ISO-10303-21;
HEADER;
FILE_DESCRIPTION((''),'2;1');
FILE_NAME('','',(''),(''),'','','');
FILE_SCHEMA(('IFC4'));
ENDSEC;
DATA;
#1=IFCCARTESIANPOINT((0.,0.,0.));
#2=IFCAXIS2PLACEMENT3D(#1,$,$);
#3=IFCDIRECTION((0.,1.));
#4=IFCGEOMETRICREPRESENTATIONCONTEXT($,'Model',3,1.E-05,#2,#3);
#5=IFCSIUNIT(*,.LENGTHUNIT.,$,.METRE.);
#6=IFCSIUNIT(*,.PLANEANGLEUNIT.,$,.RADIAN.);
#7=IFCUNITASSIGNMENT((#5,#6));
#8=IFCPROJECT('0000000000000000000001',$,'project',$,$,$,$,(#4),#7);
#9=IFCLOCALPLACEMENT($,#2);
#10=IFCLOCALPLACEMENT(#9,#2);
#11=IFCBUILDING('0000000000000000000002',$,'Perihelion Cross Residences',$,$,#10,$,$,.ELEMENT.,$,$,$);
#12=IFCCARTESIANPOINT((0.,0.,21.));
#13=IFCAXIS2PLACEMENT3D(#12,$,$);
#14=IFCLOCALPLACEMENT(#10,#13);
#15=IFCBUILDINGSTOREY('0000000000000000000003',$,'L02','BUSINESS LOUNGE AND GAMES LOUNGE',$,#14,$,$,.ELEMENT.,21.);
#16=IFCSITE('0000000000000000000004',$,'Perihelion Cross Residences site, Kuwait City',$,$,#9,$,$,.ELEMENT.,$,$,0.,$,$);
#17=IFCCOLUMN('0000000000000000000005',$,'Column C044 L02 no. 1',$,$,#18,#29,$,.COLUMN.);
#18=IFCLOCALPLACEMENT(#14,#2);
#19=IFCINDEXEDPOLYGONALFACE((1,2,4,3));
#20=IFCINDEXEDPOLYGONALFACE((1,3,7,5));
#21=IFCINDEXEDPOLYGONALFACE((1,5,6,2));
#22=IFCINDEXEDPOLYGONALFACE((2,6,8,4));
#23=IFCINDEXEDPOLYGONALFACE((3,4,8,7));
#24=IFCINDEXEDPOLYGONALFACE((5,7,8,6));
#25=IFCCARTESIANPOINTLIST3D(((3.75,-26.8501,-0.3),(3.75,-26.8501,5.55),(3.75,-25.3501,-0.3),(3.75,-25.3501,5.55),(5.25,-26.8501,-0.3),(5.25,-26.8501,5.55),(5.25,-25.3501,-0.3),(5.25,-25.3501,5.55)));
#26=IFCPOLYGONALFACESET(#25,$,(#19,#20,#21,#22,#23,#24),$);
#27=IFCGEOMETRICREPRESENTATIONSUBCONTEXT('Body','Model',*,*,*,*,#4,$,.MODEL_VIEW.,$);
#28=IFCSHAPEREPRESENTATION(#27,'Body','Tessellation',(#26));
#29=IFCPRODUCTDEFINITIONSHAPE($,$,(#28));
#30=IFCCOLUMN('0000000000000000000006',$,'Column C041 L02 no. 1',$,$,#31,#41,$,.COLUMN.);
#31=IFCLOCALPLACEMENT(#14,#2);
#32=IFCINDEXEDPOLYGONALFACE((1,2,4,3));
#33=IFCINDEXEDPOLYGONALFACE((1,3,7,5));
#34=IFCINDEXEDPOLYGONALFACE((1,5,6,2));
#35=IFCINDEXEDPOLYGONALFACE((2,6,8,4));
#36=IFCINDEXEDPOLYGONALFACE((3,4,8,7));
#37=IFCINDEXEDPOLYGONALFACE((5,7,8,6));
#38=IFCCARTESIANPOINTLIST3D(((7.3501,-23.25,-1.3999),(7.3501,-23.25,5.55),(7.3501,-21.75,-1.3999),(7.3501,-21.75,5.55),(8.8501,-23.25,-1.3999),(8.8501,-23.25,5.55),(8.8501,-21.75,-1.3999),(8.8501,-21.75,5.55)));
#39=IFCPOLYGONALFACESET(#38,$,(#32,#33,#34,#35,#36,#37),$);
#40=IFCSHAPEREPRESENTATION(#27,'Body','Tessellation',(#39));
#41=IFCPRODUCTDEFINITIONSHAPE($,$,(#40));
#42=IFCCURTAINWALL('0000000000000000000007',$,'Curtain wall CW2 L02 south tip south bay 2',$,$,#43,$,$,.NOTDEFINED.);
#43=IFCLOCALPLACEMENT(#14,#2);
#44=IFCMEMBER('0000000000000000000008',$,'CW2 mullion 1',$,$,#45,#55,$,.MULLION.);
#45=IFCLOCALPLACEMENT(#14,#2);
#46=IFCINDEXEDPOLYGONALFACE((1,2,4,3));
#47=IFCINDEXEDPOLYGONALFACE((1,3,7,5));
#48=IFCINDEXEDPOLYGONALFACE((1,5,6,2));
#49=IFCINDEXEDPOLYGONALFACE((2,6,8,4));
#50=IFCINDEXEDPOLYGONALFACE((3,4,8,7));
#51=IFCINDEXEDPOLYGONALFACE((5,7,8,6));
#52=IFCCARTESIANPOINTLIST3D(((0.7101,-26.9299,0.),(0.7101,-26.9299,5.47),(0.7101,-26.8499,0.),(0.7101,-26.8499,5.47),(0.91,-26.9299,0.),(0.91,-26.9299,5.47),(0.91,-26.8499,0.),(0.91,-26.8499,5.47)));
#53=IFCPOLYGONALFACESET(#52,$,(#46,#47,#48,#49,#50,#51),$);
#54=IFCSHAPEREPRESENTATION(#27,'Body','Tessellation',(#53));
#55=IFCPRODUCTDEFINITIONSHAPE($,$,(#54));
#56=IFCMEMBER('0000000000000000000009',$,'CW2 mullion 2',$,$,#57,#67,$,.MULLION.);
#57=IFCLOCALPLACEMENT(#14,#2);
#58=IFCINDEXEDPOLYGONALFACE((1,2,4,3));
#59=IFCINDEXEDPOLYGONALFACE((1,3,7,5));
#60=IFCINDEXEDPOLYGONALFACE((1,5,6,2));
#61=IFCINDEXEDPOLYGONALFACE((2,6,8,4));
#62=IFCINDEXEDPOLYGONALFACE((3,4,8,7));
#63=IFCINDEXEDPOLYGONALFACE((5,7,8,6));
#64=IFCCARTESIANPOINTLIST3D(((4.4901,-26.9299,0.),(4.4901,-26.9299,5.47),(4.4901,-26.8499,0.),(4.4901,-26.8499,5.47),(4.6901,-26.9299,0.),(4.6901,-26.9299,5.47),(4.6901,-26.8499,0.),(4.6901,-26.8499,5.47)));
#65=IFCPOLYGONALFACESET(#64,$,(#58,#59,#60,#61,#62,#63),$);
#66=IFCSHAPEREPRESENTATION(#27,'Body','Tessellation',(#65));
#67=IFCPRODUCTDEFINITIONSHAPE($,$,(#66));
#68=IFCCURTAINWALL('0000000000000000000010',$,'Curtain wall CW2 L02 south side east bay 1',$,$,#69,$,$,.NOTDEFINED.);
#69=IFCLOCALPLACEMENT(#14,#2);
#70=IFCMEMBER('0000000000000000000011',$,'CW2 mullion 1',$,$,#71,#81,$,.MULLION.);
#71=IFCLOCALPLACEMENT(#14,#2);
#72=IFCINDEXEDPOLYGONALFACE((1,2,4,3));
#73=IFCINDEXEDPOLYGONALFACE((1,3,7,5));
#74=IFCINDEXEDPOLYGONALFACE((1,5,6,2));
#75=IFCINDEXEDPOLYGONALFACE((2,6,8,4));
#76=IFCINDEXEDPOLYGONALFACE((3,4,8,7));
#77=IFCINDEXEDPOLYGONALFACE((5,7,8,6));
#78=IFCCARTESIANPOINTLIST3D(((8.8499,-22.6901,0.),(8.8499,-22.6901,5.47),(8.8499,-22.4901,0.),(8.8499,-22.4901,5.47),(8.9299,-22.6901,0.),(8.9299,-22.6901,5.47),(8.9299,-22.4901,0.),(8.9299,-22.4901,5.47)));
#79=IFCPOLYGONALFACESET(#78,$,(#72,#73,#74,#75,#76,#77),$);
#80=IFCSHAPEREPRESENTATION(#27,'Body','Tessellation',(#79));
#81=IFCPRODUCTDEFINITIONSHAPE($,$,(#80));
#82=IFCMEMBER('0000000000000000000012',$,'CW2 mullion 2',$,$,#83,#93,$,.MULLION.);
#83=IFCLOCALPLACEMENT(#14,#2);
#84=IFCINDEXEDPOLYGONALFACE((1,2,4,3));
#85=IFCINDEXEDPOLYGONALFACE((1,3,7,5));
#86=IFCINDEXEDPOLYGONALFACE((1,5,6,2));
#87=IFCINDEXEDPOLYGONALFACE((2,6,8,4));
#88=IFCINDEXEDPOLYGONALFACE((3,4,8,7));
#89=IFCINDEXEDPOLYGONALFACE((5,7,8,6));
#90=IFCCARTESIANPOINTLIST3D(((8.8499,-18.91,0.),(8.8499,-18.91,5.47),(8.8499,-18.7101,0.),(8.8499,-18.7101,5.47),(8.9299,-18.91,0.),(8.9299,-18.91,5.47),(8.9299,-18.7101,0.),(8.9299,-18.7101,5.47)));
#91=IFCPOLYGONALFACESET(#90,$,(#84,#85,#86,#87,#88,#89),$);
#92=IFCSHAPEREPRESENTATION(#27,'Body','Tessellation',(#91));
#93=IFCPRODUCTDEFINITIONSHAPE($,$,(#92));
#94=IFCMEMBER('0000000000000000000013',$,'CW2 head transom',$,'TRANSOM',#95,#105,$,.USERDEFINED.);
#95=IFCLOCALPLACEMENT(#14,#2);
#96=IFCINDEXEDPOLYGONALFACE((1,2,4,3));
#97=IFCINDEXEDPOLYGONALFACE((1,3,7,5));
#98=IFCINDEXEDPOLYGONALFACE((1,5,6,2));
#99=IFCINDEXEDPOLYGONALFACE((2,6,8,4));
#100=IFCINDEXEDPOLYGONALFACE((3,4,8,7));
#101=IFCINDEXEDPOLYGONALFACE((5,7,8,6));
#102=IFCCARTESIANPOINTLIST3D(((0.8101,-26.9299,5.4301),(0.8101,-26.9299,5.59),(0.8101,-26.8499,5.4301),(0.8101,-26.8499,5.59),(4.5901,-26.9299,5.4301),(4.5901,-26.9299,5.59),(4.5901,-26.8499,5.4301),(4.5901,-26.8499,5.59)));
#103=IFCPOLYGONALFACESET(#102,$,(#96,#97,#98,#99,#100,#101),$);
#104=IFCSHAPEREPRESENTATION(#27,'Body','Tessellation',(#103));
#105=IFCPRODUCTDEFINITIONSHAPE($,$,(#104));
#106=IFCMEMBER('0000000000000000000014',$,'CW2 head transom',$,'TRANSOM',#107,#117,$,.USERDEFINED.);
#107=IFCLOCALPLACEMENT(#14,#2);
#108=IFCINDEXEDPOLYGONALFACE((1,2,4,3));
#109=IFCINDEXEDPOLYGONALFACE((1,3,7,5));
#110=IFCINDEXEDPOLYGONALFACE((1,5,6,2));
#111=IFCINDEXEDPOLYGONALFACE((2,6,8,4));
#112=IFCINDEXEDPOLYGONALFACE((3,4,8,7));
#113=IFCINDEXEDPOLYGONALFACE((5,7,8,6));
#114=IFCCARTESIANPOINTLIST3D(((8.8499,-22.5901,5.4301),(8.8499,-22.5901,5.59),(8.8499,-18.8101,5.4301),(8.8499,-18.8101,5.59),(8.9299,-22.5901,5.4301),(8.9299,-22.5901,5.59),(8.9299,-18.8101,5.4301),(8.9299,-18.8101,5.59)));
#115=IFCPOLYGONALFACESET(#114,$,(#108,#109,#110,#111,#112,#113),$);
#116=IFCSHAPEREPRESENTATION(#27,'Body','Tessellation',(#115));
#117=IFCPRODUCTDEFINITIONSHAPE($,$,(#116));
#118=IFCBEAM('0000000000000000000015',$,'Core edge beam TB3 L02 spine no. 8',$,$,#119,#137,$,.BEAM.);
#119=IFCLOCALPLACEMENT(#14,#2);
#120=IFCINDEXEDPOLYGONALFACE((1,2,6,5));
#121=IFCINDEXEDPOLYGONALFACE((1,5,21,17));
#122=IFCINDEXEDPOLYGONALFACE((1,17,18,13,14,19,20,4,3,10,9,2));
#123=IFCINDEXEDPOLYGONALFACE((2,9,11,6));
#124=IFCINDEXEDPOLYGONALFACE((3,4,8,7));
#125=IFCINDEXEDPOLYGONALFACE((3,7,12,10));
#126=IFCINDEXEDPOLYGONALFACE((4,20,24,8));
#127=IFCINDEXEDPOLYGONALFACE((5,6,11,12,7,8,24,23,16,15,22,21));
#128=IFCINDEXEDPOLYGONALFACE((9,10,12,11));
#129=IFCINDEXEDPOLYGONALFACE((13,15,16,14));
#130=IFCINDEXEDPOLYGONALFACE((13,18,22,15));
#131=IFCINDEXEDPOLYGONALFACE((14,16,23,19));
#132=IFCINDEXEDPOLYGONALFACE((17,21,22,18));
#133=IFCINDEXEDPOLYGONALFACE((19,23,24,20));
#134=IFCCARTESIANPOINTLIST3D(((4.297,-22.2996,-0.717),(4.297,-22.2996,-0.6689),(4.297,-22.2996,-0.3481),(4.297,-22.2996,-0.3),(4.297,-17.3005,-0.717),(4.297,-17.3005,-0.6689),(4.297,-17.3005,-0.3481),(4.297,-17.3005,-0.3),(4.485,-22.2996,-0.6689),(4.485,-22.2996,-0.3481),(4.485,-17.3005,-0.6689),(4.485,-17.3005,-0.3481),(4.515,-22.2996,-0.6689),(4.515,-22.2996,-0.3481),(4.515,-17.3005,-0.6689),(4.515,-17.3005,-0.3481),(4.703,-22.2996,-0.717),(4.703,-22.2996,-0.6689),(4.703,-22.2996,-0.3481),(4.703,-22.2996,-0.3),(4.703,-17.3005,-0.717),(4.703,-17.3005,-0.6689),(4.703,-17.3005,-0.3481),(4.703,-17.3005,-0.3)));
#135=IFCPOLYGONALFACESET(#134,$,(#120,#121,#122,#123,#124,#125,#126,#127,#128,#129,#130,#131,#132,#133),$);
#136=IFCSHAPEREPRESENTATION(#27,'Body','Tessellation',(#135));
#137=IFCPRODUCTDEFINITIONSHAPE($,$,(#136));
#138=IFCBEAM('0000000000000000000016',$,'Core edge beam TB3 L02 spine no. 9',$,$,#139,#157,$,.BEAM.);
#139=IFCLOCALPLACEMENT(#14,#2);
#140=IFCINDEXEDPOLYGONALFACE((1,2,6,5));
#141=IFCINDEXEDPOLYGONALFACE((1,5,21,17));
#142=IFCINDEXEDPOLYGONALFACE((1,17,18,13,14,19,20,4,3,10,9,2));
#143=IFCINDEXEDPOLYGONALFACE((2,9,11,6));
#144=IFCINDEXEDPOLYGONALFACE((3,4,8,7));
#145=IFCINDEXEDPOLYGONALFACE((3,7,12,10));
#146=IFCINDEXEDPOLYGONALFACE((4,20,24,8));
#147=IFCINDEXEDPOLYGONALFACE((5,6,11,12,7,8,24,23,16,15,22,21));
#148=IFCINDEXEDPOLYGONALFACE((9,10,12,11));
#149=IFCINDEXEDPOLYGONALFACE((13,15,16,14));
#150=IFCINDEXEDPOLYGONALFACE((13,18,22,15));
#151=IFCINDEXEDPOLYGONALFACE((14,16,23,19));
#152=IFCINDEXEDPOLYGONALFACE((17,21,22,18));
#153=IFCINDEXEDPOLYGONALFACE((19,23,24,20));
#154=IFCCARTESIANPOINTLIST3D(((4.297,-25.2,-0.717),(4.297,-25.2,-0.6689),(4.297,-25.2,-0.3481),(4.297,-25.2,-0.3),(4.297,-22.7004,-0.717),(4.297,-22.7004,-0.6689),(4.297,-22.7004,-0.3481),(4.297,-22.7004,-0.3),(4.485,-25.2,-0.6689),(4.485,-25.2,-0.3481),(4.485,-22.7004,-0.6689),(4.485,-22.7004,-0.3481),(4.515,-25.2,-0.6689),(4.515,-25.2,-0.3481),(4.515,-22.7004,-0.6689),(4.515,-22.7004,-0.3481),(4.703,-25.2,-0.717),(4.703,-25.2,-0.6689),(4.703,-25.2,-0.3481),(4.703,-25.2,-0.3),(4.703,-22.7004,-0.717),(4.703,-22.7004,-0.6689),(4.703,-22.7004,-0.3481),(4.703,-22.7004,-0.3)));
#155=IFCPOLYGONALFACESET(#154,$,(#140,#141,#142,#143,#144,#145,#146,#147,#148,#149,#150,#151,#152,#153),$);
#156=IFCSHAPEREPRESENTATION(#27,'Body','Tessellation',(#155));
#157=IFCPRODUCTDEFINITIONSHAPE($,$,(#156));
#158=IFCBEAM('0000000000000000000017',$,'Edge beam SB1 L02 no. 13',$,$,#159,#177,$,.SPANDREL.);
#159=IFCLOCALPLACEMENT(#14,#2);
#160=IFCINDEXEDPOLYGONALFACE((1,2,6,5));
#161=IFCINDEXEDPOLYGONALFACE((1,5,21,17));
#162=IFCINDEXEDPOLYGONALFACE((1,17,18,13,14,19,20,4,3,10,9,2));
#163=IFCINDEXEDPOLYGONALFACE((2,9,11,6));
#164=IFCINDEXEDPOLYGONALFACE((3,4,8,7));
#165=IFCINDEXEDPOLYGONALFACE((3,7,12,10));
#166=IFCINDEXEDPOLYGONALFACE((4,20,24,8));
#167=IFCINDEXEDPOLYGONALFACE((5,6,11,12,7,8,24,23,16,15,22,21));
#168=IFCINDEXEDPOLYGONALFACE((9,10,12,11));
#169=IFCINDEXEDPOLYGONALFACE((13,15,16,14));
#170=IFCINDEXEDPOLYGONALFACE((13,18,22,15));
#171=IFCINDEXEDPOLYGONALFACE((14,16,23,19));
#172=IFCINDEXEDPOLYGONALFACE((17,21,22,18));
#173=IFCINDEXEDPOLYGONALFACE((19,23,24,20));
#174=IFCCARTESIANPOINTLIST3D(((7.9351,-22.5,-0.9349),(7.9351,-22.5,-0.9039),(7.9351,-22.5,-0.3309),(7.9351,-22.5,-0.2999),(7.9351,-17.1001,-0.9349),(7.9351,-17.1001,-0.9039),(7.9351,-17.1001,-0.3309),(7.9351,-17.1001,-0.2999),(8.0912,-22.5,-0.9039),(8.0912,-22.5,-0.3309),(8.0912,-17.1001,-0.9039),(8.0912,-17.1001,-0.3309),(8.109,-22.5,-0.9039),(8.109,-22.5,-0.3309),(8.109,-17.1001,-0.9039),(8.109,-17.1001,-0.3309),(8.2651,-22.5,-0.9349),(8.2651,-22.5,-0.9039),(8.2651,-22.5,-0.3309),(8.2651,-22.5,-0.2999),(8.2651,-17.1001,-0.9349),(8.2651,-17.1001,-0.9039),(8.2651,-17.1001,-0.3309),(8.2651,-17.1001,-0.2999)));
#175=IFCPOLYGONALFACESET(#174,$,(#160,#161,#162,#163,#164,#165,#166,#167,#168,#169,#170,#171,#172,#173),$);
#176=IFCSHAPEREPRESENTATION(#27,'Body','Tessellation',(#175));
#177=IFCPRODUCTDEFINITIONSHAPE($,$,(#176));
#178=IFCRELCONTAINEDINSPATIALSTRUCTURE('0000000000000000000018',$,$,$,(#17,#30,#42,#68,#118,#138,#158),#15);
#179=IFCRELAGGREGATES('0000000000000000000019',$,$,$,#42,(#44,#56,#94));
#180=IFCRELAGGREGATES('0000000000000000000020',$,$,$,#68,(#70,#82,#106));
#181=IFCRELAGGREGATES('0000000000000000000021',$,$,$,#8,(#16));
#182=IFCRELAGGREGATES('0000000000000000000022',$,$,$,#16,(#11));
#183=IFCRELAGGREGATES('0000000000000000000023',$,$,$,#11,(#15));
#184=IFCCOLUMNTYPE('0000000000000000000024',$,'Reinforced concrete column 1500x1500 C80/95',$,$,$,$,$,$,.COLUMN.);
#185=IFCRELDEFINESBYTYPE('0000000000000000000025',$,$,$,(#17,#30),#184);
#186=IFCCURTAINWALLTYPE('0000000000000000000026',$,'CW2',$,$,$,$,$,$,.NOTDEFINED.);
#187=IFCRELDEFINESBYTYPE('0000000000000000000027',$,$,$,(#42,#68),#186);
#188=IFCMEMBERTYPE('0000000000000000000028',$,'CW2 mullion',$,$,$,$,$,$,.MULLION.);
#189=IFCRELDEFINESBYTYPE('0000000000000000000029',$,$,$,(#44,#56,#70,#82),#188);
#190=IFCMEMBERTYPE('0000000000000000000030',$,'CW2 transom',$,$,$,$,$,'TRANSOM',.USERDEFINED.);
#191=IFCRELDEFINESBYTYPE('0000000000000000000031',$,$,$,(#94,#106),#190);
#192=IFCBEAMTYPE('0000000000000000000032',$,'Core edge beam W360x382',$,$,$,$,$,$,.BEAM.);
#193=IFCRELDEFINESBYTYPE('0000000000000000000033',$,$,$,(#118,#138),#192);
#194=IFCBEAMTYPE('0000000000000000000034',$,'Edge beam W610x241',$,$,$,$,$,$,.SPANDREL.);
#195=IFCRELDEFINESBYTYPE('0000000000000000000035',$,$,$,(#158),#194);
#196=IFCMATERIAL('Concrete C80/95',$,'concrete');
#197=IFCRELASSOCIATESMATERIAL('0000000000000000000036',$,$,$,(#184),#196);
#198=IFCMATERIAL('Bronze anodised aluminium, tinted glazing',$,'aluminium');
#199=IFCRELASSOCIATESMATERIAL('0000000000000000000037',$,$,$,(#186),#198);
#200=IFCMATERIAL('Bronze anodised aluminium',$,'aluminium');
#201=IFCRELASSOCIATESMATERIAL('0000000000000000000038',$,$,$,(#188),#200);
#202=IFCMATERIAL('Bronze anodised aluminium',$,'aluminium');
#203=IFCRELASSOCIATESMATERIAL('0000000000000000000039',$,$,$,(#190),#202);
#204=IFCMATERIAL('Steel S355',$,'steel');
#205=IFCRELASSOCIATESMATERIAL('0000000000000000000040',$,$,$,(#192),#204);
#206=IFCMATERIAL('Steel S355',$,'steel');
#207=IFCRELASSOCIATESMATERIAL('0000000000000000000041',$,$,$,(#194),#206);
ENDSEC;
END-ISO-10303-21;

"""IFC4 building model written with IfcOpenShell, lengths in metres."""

from ifc_helpers import new_model, si_unit, direction, frame, origin, origin_2d, place, context, subcontext, project, spatial, rectangle, i_section, extrude, material, material_profile, profile_set, type_object, element, aggregate, save


model = new_model("IFC4")

# Units and contexts
model_context = context("Model", 3, precision=1e-05, world=origin(), true_north=direction((0.0, 1.0)))
body_context = subcontext(model_context, "Body", "Model", "MODEL_VIEW")
ifc_project = project(units=[si_unit("LENGTHUNIT", "METRE"), si_unit("PLANEANGLEUNIT", "RADIAN")], contexts=[model_context])

# Site, building, storey
site_placement = place(None, origin())
site = spatial("IfcSite", under=ifc_project, at=site_placement, Name="Perihelion Cross Residences site, Kuwait City", CompositionType="ELEMENT", RefElevation=0.0)
building_placement = place(site_placement, origin())
building = spatial("IfcBuilding", under=site, at=building_placement, Name="Perihelion Cross Residences", CompositionType="ELEMENT")
storey_placement = place(building_placement, frame((0.0, 0.0, 21.0)))
storey = spatial("IfcBuildingStorey", under=building, at=storey_placement, Name="L02", Description="BUSINESS LOUNGE AND GAMES LOUNGE", CompositionType="ELEMENT", Elevation=21.0)

# Columns
ifc_material_1 = material(Name="Concrete C80/95", Category="concrete")
ifc_material_profile_1 = material_profile(ifc_material_1, rectangle(XDim=1.5, YDim=1.5, at=origin_2d()), Name="RC 1500x1500")
ifc_profile_set_1 = profile_set([ifc_material_profile_1], Name="Concrete C80/95")
column_type = type_object("IfcColumnType", Name="Reinforced concrete column 1500x1500 C80/95", PredefinedType="COLUMN", material=ifc_profile_set_1)
column_1_placement = place(storey_placement, frame((4.5, -26.1001, -0.3), z_axis=(0.0, 0.0, 1.0), x_axis=(1.0, 0.0, 0.0)))
element("IfcColumn", 1, at=column_1_placement, inside=storey, type_object=column_type, Name="Column C044 L02 no. 1", PredefinedType="COLUMN", context=body_context, shape_type="SweptSolid", body=[
    extrude(rectangle(XDim=1.5, YDim=1.5, at=origin_2d()), origin(), (0.0, 0.0, 1.0), 5.8501),
])
column_2_placement = place(storey_placement, frame((8.1001, -22.5, -1.3999), z_axis=(0.0, 0.0, 1.0), x_axis=(1.0, 0.0, 0.0)))
element("IfcColumn", 2, at=column_2_placement, inside=storey, type_object=column_type, Name="Column C041 L02 no. 1", PredefinedType="COLUMN", context=body_context, shape_type="SweptSolid", body=[
    extrude(rectangle(XDim=1.5, YDim=1.5, at=origin_2d()), origin(), (0.0, 0.0, 1.0), 6.95),
])

# Curtain walls, members
ifc_material_2 = material(Name="Bronze anodised aluminium, tinted glazing", Category="aluminium")
curtain_wall_type = type_object("IfcCurtainWallType", Name="CW2", PredefinedType="NOTDEFINED", material=ifc_material_2)
curtain_wall_1_placement = place(storey_placement, origin())
curtain_wall_1 = element("IfcCurtainWall", 3, at=curtain_wall_1_placement, inside=storey, type_object=curtain_wall_type, Name="Curtain wall CW2 L02 south tip south bay 2", PredefinedType="NOTDEFINED")
ifc_material_3 = material(Name="Bronze anodised aluminium", Category="aluminium")
ifc_material_profile_2 = material_profile(ifc_material_3, rectangle(XDim=0.0801, YDim=0.2, at=origin_2d()), Name="CW2 mullion")
ifc_profile_set_2 = profile_set([ifc_material_profile_2], Name="Bronze anodised aluminium")
member_type_1 = type_object("IfcMemberType", Name="CW2 mullion", PredefinedType="MULLION", material=ifc_profile_set_2)
member_1_placement = place(storey_placement, frame((0.8101, -26.8899, 0.0), z_axis=(0.0, 0.0, 1.0), x_axis=(0.0, 1.0, 0.0)))
member_1 = element("IfcMember", 4, at=member_1_placement, type_object=member_type_1, Name="CW2 mullion 1", PredefinedType="MULLION", context=body_context, shape_type="SweptSolid", body=[
    extrude(rectangle(XDim=0.0801, YDim=0.2, at=origin_2d()), origin(), (0.0, 0.0, 1.0), 5.47),
])
member_2_placement = place(storey_placement, frame((4.5901, -26.8899, 0.0), z_axis=(0.0, 0.0, 1.0), x_axis=(0.0, 1.0, 0.0)))
member_2 = element("IfcMember", 5, at=member_2_placement, type_object=member_type_1, Name="CW2 mullion 2", PredefinedType="MULLION", context=body_context, shape_type="SweptSolid", body=[
    extrude(rectangle(XDim=0.0801, YDim=0.2, at=origin_2d()), origin(), (0.0, 0.0, 1.0), 5.47),
])
curtain_wall_2_placement = place(storey_placement, origin())
curtain_wall_2 = element("IfcCurtainWall", 6, at=curtain_wall_2_placement, inside=storey, type_object=curtain_wall_type, Name="Curtain wall CW2 L02 south side east bay 1", PredefinedType="NOTDEFINED")
member_3_placement = place(storey_placement, frame((8.8899, -22.5901, 0.0), z_axis=(0.0, 0.0, 1.0), x_axis=(-1.0, 0.0, 0.0)))
member_3 = element("IfcMember", 7, at=member_3_placement, type_object=member_type_1, Name="CW2 mullion 1", PredefinedType="MULLION", context=body_context, shape_type="SweptSolid", body=[
    extrude(rectangle(XDim=0.0801, YDim=0.2, at=origin_2d()), origin(), (0.0, 0.0, 1.0), 5.47),
])
member_4_placement = place(storey_placement, frame((8.8899, -18.8101, 0.0), z_axis=(0.0, 0.0, 1.0), x_axis=(-1.0, 0.0, 0.0)))
member_4 = element("IfcMember", 8, at=member_4_placement, type_object=member_type_1, Name="CW2 mullion 2", PredefinedType="MULLION", context=body_context, shape_type="SweptSolid", body=[
    extrude(rectangle(XDim=0.0801, YDim=0.2, at=origin_2d()), origin(), (0.0, 0.0, 1.0), 5.47),
])

# Members
ifc_material_4 = material(Name="Bronze anodised aluminium", Category="aluminium")
ifc_material_profile_3 = material_profile(ifc_material_4, rectangle(XDim=0.0801, YDim=0.1599, at=origin_2d()), Name="CW2 transom")
ifc_profile_set_3 = profile_set([ifc_material_profile_3], Name="Bronze anodised aluminium")
member_type_2 = type_object("IfcMemberType", Name="CW2 transom", ElementType="TRANSOM", PredefinedType="USERDEFINED", material=ifc_profile_set_3)
member_5_placement = place(storey_placement, frame((0.8101, -26.8899, 5.51), z_axis=(1.0, 0.0, 0.0), x_axis=(0.0, 1.0, 0.0)))
member_5 = element("IfcMember", 9, at=member_5_placement, type_object=member_type_2, Name="CW2 head transom", ObjectType="TRANSOM", PredefinedType="USERDEFINED", context=body_context, shape_type="SweptSolid", body=[
    extrude(rectangle(XDim=0.0801, YDim=0.1599, at=origin_2d()), origin(), (0.0, 0.0, 1.0), 3.78),
])
member_6_placement = place(storey_placement, frame((8.8899, -22.5901, 5.51), z_axis=(0.0, 1.0, 0.0), x_axis=(-1.0, 0.0, 0.0)))
member_6 = element("IfcMember", 10, at=member_6_placement, type_object=member_type_2, Name="CW2 head transom", ObjectType="TRANSOM", PredefinedType="USERDEFINED", context=body_context, shape_type="SweptSolid", body=[
    extrude(rectangle(XDim=0.0801, YDim=0.1599, at=origin_2d()), origin(), (0.0, 0.0, 1.0), 3.78),
])

# Beams
ifc_material_5 = material(Name="Steel S355", Category="steel")
ifc_material_profile_4 = material_profile(ifc_material_5, i_section(OverallWidth=0.406, OverallDepth=0.417, WebThickness=0.03, FlangeThickness=0.0481, at=origin_2d()), Name="W360x382")
ifc_profile_set_4 = profile_set([ifc_material_profile_4], Name="Steel S355")
beam_type_1 = type_object("IfcBeamType", Name="Core edge beam W360x382", PredefinedType="BEAM", material=ifc_profile_set_4)
beam_1_placement = place(storey_placement, frame((4.5, -17.3005, -0.5085), z_axis=(0.0, -1.0, 0.0), x_axis=(1.0, 0.0, 0.0)))
element("IfcBeam", 11, at=beam_1_placement, inside=storey, type_object=beam_type_1, Name="Core edge beam TB3 L02 spine no. 8", PredefinedType="BEAM", context=body_context, shape_type="SweptSolid", body=[
    extrude(i_section(OverallWidth=0.406, OverallDepth=0.417, WebThickness=0.03, FlangeThickness=0.0481, at=origin_2d()), origin(), (0.0, 0.0, 1.0), 4.999),
])
beam_2_placement = place(storey_placement, frame((4.5, -22.7004, -0.5085), z_axis=(0.0, -1.0, 0.0), x_axis=(1.0, 0.0, 0.0)))
element("IfcBeam", 12, at=beam_2_placement, inside=storey, type_object=beam_type_1, Name="Core edge beam TB3 L02 spine no. 9", PredefinedType="BEAM", context=body_context, shape_type="SweptSolid", body=[
    extrude(i_section(OverallWidth=0.406, OverallDepth=0.417, WebThickness=0.03, FlangeThickness=0.0481, at=origin_2d()), origin(), (0.0, 0.0, 1.0), 2.4995),
])
ifc_material_6 = material(Name="Steel S355", Category="steel")
ifc_material_profile_5 = material_profile(ifc_material_6, i_section(OverallWidth=0.3301, OverallDepth=0.635, WebThickness=0.0178, FlangeThickness=0.031, at=origin_2d()), Name="W610x241")
ifc_profile_set_5 = profile_set([ifc_material_profile_5], Name="Steel S355")
beam_type_2 = type_object("IfcBeamType", Name="Edge beam W610x241", PredefinedType="SPANDREL", material=ifc_profile_set_5)
beam_3_placement = place(storey_placement, frame((8.1001, -22.5, -0.6174), z_axis=(0.0, 1.0, 0.0), x_axis=(-1.0, 0.0, 0.0)))
element("IfcBeam", 13, at=beam_3_placement, inside=storey, type_object=beam_type_2, Name="Edge beam SB1 L02 no. 13", PredefinedType="SPANDREL", context=body_context, shape_type="SweptSolid", body=[
    extrude(i_section(OverallWidth=0.3301, OverallDepth=0.635, WebThickness=0.0178, FlangeThickness=0.031, at=origin_2d()), origin(), (0.0, 0.0, 1.0), 5.3999),
])

aggregate(curtain_wall_1, [member_1, member_2, member_5])
aggregate(curtain_wall_2, [member_3, member_4, member_6])

save(model, "model.ifc")
